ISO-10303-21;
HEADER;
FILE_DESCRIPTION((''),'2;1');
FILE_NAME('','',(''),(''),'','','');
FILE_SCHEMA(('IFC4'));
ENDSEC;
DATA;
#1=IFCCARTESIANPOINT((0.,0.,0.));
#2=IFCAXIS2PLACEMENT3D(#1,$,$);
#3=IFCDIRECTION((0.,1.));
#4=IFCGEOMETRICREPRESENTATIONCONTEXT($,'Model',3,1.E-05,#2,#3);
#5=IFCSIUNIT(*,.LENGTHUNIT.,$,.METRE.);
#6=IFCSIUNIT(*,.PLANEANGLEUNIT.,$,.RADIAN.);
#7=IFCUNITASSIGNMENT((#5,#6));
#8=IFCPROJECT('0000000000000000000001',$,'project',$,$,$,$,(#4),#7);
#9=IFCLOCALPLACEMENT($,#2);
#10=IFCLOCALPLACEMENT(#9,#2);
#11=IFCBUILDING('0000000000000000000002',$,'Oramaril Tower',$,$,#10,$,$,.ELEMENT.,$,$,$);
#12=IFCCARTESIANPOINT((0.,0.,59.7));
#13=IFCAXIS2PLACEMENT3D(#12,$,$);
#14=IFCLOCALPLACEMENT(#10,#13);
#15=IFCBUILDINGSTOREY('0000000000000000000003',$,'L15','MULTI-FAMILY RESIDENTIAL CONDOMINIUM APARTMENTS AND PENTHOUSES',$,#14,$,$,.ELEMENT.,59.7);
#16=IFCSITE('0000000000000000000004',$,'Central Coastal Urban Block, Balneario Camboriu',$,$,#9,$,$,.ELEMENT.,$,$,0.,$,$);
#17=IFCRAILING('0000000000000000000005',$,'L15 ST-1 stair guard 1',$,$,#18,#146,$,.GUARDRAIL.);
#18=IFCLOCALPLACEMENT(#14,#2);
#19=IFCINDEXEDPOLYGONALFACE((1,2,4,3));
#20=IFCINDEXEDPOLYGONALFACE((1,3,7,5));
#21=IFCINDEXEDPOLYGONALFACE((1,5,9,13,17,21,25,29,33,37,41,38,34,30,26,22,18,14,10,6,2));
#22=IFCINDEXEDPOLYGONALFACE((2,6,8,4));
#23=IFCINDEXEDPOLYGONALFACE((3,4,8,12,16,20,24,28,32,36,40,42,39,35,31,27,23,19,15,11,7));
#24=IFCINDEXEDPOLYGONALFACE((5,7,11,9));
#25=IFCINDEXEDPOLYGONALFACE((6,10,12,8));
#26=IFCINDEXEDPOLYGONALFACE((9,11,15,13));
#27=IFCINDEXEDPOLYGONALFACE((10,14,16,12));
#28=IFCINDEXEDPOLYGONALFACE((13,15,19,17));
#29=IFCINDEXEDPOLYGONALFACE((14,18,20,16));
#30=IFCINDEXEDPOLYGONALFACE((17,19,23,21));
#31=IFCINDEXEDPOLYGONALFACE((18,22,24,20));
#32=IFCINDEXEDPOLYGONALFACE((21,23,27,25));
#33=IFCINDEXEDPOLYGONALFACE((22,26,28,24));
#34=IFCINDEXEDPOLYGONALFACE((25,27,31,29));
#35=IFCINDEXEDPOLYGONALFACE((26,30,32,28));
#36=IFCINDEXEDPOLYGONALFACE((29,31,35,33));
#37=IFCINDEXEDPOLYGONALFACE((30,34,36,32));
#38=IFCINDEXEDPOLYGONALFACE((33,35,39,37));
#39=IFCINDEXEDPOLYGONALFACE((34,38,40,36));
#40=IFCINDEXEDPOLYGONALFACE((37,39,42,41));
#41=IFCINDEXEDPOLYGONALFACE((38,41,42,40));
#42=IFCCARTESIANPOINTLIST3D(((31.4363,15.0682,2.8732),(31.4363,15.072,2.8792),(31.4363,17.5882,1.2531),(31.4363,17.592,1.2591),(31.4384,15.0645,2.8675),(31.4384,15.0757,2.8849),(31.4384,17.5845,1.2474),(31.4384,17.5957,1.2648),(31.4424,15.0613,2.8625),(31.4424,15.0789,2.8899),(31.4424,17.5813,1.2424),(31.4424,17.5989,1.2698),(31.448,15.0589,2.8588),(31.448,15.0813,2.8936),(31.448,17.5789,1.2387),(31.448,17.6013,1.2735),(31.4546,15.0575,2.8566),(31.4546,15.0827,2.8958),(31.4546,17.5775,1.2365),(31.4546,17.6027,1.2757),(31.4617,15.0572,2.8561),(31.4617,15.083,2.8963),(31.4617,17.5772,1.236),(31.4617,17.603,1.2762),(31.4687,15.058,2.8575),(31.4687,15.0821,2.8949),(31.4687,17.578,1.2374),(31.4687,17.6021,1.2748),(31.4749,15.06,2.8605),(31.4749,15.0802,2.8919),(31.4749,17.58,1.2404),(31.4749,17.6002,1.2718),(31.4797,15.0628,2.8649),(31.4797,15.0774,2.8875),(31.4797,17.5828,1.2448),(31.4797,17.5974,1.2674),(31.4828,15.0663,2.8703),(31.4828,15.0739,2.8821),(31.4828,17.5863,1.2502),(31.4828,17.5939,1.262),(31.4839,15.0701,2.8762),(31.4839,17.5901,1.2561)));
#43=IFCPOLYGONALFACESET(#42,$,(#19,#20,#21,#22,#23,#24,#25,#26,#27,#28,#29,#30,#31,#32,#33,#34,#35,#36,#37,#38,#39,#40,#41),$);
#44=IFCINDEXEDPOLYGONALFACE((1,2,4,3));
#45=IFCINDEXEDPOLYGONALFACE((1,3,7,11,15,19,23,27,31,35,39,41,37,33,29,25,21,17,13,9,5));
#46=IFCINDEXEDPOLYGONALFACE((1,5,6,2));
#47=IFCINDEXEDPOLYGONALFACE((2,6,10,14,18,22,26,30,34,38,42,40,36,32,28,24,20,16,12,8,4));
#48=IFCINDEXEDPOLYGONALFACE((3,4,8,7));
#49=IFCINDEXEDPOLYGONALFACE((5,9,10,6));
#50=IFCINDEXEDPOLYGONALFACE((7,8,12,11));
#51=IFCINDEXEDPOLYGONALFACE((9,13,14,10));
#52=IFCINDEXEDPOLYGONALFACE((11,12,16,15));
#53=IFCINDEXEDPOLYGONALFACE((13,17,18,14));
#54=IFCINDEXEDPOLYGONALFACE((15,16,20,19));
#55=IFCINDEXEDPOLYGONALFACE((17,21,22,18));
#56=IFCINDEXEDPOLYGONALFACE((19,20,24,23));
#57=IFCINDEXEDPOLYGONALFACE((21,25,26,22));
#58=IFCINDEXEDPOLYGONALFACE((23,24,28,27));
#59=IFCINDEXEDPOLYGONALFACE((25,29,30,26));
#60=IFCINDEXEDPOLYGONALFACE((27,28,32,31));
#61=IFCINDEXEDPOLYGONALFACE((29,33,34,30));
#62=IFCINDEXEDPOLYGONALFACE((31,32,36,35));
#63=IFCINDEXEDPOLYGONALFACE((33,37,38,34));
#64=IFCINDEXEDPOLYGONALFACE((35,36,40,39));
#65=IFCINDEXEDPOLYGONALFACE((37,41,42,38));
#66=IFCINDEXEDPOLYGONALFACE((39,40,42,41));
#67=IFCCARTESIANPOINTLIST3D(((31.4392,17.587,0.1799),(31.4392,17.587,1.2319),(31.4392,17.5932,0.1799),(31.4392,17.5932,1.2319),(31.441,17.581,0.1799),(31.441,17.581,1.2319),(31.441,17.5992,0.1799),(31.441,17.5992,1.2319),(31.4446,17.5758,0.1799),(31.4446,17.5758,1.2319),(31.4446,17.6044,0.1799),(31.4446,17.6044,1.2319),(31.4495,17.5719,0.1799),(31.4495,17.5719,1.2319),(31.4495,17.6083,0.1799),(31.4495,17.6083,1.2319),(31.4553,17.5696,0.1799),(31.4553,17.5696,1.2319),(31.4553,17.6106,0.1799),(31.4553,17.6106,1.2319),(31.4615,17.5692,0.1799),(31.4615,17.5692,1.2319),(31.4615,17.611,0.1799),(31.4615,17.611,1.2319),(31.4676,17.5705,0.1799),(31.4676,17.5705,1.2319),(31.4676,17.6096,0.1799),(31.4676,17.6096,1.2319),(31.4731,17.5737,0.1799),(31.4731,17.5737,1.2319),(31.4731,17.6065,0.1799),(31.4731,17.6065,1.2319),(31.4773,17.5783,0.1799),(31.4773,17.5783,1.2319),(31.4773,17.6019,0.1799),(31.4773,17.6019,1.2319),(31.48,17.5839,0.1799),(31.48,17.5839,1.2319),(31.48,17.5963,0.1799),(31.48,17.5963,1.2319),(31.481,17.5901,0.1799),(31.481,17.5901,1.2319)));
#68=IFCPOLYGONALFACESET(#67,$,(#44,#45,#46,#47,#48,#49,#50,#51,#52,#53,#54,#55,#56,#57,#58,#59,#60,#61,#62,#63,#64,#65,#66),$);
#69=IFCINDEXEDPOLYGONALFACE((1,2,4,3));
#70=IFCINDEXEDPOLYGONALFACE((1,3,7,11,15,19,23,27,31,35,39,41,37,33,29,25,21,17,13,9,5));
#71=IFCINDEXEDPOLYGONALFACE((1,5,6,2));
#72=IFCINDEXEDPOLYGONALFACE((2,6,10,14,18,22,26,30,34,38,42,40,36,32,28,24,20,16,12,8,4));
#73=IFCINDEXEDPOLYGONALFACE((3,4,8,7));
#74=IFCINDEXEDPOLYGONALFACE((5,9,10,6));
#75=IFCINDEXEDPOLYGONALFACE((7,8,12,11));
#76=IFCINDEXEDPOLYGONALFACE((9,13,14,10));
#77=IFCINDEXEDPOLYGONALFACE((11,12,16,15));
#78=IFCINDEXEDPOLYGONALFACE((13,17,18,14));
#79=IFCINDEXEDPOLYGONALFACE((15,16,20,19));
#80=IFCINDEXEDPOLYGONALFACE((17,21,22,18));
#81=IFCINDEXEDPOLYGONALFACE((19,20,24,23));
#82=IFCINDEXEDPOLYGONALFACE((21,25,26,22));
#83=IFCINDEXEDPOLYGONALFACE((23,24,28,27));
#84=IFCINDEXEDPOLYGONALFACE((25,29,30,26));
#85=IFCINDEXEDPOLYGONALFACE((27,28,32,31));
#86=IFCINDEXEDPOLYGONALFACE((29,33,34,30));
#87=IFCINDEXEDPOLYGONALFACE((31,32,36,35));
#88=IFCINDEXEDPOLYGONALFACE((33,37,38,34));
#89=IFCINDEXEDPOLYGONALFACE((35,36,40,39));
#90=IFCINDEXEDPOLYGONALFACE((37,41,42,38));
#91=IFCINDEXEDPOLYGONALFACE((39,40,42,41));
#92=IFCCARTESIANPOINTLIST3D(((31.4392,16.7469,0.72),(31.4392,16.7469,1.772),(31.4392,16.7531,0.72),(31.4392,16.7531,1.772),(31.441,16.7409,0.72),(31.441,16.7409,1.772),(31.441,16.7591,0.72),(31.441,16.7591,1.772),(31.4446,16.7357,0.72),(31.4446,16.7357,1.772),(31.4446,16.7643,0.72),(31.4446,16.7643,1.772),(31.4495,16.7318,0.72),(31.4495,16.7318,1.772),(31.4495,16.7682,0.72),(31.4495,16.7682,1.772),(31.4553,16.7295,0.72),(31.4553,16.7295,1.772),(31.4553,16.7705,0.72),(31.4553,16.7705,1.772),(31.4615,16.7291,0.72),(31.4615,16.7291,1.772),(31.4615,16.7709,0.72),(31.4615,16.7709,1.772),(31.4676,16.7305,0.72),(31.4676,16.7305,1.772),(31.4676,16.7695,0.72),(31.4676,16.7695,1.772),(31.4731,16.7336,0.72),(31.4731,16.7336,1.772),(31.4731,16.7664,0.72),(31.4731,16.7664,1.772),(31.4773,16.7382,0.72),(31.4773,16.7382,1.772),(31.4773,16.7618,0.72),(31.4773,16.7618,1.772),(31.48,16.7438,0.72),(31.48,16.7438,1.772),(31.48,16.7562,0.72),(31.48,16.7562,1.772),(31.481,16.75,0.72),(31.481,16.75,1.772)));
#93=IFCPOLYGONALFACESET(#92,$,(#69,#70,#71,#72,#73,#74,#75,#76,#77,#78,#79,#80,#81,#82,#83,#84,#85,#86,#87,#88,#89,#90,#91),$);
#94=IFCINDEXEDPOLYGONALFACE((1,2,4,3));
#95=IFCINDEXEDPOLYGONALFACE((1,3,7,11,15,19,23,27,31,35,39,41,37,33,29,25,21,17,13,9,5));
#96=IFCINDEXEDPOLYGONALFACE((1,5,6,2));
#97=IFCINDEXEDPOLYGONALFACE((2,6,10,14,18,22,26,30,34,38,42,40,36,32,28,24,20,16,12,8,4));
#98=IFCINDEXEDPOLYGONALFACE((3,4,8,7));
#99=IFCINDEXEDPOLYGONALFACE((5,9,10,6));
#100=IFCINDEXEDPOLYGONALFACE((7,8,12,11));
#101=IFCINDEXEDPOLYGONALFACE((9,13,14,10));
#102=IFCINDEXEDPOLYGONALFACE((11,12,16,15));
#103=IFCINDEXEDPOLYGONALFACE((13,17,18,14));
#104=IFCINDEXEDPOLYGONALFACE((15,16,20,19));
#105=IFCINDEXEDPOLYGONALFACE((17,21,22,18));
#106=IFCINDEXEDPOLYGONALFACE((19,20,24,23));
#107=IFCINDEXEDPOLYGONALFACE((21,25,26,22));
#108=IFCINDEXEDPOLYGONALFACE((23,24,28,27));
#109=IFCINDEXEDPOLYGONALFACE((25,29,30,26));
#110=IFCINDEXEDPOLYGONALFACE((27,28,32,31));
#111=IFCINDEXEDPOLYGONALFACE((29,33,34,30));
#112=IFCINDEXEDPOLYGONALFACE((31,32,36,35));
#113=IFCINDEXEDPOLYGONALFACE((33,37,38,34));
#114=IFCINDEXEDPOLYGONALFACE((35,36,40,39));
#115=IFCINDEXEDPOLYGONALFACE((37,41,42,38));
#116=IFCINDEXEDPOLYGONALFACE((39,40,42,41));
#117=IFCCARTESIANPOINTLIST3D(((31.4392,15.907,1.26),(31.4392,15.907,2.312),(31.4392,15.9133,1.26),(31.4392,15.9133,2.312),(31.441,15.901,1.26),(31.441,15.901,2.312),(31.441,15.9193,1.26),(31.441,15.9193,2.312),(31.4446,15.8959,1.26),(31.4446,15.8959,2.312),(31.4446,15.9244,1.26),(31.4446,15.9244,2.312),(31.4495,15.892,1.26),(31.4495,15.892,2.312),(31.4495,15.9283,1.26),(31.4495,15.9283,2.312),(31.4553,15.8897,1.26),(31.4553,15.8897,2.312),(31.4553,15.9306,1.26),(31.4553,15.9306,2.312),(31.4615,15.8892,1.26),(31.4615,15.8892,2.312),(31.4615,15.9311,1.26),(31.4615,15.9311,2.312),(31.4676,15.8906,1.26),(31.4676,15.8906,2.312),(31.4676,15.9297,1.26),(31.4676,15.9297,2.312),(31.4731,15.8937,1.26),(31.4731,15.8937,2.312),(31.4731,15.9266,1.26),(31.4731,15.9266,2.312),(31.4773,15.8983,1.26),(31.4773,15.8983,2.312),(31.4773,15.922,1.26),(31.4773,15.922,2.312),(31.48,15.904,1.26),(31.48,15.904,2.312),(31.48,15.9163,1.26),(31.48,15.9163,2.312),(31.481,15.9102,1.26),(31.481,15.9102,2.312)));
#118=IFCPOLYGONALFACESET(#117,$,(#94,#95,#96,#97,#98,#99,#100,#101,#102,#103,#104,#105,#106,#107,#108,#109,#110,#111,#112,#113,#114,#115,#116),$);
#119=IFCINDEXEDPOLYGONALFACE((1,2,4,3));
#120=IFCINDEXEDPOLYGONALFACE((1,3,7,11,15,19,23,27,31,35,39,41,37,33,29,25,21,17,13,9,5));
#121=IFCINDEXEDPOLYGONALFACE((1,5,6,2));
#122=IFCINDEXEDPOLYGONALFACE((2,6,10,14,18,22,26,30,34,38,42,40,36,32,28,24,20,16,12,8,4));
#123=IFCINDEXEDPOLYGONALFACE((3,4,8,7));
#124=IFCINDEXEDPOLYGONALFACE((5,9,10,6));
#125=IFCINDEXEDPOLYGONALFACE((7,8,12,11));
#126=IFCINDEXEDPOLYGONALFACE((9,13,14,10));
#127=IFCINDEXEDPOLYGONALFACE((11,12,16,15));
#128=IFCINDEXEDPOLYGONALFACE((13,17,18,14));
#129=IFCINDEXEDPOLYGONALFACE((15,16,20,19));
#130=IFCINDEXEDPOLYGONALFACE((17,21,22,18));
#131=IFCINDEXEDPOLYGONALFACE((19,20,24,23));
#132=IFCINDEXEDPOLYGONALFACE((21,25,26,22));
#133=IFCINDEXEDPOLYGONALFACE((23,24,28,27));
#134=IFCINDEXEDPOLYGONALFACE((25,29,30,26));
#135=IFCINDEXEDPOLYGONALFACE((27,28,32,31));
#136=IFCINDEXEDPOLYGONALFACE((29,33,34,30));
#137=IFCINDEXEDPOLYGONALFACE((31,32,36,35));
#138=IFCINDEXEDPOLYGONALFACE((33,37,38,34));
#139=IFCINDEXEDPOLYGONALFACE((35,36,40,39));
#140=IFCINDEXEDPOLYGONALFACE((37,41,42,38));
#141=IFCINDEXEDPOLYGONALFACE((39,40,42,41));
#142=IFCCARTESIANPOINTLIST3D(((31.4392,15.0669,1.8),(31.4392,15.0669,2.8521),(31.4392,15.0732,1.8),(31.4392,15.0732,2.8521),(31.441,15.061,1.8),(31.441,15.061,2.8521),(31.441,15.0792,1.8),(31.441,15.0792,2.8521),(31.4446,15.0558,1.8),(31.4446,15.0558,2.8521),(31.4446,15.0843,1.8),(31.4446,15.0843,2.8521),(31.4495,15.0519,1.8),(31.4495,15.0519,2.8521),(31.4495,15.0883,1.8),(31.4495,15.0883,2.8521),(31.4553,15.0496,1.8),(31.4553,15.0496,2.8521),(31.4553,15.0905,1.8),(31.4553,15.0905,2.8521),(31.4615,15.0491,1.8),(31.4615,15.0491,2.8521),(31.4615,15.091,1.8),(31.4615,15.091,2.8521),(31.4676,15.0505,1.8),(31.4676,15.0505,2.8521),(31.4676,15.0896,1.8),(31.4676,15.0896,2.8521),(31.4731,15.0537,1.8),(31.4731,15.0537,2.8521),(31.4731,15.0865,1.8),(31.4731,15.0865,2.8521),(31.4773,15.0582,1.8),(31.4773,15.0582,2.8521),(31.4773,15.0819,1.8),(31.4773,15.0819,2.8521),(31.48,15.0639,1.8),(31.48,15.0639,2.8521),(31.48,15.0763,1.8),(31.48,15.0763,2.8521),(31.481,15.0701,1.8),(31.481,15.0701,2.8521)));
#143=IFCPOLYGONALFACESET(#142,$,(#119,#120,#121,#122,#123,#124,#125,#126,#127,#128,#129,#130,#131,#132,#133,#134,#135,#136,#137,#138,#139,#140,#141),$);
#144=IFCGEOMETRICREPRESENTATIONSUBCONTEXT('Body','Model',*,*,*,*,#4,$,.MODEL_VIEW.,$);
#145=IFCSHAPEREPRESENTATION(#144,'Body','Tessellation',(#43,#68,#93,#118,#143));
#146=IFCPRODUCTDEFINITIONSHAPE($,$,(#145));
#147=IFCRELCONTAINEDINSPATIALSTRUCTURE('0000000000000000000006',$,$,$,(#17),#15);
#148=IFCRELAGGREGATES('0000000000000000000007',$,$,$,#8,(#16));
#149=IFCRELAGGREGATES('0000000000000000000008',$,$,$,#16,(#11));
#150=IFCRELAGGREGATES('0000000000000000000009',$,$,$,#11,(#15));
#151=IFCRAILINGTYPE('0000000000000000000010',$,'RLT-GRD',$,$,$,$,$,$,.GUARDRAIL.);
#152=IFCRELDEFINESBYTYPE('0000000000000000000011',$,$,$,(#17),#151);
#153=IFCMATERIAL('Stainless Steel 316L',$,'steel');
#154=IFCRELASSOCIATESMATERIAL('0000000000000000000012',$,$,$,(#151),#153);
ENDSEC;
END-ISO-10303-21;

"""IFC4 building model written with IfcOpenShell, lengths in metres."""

from ifc_helpers import new_model, si_unit, direction, frame, origin, origin_2d, place, context, subcontext, project, spatial, circle, extrude, material, type_object, element, save


model = new_model("IFC4")

# Units and contexts
model_context = context("Model", 3, precision=1e-05, world=origin(), true_north=direction((0.0, 1.0)))
body_context = subcontext(model_context, "Body", "Model", "MODEL_VIEW")
ifc_project = project(units=[si_unit("LENGTHUNIT", "METRE"), si_unit("PLANEANGLEUNIT", "RADIAN")], contexts=[model_context])

# Site, building, storey
site_placement = place(None, origin())
site = spatial("IfcSite", under=ifc_project, at=site_placement, Name="Central Coastal Urban Block, Balneario Camboriu", CompositionType="ELEMENT", RefElevation=0.0)
building_placement = place(site_placement, origin())
building = spatial("IfcBuilding", under=site, at=building_placement, Name="Oramaril Tower", CompositionType="ELEMENT")
storey_placement = place(building_placement, frame((0.0, 0.0, 59.7)))
storey = spatial("IfcBuildingStorey", under=building, at=storey_placement, Name="L15", Description="MULTI-FAMILY RESIDENTIAL CONDOMINIUM APARTMENTS AND PENTHOUSES", CompositionType="ELEMENT", Elevation=59.7)

# Railing
ifc_material_1 = material(Name="Stainless Steel 316L", Category="steel")
railing_type_1 = type_object("IfcRailingType", Name="RLT-GRD", PredefinedType="GUARDRAIL", material=ifc_material_1)
railing_1_placement = place(storey_placement, frame((31.46, 17.5901, 0.1799)))
element("IfcRailing", 1, at=railing_1_placement, inside=storey, type_object=railing_type_1, Name="L15 ST-1 stair guard 1", PredefinedType="GUARDRAIL", context=body_context, shape_type="SweptSolid", body=[
    extrude(circle(Radius=0.0239, at=origin_2d()), frame((0.0, 0.0, 1.0762), z_axis=(0.0, -0.841163, 0.540782), x_axis=(1.0, 0.0, 0.0)), (0.0, 0.0, 1.0), 2.9958),
    extrude(circle(Radius=0.021, at=origin_2d()), origin(), (0.0, 0.0, 1.0), 1.052),
    extrude(circle(Radius=0.021, at=origin_2d()), frame((0.0, -0.8401, 0.54)), (0.0, 0.0, 1.0), 1.052),
    extrude(circle(Radius=0.021, at=origin_2d()), frame((0.0, -1.6799, 1.0801)), (0.0, 0.0, 1.0), 1.052),
    extrude(circle(Radius=0.021, at=origin_2d()), frame((0.0, -2.52, 1.6201)), (0.0, 0.0, 1.0), 1.052),
])

save(model, "model.ifc")
